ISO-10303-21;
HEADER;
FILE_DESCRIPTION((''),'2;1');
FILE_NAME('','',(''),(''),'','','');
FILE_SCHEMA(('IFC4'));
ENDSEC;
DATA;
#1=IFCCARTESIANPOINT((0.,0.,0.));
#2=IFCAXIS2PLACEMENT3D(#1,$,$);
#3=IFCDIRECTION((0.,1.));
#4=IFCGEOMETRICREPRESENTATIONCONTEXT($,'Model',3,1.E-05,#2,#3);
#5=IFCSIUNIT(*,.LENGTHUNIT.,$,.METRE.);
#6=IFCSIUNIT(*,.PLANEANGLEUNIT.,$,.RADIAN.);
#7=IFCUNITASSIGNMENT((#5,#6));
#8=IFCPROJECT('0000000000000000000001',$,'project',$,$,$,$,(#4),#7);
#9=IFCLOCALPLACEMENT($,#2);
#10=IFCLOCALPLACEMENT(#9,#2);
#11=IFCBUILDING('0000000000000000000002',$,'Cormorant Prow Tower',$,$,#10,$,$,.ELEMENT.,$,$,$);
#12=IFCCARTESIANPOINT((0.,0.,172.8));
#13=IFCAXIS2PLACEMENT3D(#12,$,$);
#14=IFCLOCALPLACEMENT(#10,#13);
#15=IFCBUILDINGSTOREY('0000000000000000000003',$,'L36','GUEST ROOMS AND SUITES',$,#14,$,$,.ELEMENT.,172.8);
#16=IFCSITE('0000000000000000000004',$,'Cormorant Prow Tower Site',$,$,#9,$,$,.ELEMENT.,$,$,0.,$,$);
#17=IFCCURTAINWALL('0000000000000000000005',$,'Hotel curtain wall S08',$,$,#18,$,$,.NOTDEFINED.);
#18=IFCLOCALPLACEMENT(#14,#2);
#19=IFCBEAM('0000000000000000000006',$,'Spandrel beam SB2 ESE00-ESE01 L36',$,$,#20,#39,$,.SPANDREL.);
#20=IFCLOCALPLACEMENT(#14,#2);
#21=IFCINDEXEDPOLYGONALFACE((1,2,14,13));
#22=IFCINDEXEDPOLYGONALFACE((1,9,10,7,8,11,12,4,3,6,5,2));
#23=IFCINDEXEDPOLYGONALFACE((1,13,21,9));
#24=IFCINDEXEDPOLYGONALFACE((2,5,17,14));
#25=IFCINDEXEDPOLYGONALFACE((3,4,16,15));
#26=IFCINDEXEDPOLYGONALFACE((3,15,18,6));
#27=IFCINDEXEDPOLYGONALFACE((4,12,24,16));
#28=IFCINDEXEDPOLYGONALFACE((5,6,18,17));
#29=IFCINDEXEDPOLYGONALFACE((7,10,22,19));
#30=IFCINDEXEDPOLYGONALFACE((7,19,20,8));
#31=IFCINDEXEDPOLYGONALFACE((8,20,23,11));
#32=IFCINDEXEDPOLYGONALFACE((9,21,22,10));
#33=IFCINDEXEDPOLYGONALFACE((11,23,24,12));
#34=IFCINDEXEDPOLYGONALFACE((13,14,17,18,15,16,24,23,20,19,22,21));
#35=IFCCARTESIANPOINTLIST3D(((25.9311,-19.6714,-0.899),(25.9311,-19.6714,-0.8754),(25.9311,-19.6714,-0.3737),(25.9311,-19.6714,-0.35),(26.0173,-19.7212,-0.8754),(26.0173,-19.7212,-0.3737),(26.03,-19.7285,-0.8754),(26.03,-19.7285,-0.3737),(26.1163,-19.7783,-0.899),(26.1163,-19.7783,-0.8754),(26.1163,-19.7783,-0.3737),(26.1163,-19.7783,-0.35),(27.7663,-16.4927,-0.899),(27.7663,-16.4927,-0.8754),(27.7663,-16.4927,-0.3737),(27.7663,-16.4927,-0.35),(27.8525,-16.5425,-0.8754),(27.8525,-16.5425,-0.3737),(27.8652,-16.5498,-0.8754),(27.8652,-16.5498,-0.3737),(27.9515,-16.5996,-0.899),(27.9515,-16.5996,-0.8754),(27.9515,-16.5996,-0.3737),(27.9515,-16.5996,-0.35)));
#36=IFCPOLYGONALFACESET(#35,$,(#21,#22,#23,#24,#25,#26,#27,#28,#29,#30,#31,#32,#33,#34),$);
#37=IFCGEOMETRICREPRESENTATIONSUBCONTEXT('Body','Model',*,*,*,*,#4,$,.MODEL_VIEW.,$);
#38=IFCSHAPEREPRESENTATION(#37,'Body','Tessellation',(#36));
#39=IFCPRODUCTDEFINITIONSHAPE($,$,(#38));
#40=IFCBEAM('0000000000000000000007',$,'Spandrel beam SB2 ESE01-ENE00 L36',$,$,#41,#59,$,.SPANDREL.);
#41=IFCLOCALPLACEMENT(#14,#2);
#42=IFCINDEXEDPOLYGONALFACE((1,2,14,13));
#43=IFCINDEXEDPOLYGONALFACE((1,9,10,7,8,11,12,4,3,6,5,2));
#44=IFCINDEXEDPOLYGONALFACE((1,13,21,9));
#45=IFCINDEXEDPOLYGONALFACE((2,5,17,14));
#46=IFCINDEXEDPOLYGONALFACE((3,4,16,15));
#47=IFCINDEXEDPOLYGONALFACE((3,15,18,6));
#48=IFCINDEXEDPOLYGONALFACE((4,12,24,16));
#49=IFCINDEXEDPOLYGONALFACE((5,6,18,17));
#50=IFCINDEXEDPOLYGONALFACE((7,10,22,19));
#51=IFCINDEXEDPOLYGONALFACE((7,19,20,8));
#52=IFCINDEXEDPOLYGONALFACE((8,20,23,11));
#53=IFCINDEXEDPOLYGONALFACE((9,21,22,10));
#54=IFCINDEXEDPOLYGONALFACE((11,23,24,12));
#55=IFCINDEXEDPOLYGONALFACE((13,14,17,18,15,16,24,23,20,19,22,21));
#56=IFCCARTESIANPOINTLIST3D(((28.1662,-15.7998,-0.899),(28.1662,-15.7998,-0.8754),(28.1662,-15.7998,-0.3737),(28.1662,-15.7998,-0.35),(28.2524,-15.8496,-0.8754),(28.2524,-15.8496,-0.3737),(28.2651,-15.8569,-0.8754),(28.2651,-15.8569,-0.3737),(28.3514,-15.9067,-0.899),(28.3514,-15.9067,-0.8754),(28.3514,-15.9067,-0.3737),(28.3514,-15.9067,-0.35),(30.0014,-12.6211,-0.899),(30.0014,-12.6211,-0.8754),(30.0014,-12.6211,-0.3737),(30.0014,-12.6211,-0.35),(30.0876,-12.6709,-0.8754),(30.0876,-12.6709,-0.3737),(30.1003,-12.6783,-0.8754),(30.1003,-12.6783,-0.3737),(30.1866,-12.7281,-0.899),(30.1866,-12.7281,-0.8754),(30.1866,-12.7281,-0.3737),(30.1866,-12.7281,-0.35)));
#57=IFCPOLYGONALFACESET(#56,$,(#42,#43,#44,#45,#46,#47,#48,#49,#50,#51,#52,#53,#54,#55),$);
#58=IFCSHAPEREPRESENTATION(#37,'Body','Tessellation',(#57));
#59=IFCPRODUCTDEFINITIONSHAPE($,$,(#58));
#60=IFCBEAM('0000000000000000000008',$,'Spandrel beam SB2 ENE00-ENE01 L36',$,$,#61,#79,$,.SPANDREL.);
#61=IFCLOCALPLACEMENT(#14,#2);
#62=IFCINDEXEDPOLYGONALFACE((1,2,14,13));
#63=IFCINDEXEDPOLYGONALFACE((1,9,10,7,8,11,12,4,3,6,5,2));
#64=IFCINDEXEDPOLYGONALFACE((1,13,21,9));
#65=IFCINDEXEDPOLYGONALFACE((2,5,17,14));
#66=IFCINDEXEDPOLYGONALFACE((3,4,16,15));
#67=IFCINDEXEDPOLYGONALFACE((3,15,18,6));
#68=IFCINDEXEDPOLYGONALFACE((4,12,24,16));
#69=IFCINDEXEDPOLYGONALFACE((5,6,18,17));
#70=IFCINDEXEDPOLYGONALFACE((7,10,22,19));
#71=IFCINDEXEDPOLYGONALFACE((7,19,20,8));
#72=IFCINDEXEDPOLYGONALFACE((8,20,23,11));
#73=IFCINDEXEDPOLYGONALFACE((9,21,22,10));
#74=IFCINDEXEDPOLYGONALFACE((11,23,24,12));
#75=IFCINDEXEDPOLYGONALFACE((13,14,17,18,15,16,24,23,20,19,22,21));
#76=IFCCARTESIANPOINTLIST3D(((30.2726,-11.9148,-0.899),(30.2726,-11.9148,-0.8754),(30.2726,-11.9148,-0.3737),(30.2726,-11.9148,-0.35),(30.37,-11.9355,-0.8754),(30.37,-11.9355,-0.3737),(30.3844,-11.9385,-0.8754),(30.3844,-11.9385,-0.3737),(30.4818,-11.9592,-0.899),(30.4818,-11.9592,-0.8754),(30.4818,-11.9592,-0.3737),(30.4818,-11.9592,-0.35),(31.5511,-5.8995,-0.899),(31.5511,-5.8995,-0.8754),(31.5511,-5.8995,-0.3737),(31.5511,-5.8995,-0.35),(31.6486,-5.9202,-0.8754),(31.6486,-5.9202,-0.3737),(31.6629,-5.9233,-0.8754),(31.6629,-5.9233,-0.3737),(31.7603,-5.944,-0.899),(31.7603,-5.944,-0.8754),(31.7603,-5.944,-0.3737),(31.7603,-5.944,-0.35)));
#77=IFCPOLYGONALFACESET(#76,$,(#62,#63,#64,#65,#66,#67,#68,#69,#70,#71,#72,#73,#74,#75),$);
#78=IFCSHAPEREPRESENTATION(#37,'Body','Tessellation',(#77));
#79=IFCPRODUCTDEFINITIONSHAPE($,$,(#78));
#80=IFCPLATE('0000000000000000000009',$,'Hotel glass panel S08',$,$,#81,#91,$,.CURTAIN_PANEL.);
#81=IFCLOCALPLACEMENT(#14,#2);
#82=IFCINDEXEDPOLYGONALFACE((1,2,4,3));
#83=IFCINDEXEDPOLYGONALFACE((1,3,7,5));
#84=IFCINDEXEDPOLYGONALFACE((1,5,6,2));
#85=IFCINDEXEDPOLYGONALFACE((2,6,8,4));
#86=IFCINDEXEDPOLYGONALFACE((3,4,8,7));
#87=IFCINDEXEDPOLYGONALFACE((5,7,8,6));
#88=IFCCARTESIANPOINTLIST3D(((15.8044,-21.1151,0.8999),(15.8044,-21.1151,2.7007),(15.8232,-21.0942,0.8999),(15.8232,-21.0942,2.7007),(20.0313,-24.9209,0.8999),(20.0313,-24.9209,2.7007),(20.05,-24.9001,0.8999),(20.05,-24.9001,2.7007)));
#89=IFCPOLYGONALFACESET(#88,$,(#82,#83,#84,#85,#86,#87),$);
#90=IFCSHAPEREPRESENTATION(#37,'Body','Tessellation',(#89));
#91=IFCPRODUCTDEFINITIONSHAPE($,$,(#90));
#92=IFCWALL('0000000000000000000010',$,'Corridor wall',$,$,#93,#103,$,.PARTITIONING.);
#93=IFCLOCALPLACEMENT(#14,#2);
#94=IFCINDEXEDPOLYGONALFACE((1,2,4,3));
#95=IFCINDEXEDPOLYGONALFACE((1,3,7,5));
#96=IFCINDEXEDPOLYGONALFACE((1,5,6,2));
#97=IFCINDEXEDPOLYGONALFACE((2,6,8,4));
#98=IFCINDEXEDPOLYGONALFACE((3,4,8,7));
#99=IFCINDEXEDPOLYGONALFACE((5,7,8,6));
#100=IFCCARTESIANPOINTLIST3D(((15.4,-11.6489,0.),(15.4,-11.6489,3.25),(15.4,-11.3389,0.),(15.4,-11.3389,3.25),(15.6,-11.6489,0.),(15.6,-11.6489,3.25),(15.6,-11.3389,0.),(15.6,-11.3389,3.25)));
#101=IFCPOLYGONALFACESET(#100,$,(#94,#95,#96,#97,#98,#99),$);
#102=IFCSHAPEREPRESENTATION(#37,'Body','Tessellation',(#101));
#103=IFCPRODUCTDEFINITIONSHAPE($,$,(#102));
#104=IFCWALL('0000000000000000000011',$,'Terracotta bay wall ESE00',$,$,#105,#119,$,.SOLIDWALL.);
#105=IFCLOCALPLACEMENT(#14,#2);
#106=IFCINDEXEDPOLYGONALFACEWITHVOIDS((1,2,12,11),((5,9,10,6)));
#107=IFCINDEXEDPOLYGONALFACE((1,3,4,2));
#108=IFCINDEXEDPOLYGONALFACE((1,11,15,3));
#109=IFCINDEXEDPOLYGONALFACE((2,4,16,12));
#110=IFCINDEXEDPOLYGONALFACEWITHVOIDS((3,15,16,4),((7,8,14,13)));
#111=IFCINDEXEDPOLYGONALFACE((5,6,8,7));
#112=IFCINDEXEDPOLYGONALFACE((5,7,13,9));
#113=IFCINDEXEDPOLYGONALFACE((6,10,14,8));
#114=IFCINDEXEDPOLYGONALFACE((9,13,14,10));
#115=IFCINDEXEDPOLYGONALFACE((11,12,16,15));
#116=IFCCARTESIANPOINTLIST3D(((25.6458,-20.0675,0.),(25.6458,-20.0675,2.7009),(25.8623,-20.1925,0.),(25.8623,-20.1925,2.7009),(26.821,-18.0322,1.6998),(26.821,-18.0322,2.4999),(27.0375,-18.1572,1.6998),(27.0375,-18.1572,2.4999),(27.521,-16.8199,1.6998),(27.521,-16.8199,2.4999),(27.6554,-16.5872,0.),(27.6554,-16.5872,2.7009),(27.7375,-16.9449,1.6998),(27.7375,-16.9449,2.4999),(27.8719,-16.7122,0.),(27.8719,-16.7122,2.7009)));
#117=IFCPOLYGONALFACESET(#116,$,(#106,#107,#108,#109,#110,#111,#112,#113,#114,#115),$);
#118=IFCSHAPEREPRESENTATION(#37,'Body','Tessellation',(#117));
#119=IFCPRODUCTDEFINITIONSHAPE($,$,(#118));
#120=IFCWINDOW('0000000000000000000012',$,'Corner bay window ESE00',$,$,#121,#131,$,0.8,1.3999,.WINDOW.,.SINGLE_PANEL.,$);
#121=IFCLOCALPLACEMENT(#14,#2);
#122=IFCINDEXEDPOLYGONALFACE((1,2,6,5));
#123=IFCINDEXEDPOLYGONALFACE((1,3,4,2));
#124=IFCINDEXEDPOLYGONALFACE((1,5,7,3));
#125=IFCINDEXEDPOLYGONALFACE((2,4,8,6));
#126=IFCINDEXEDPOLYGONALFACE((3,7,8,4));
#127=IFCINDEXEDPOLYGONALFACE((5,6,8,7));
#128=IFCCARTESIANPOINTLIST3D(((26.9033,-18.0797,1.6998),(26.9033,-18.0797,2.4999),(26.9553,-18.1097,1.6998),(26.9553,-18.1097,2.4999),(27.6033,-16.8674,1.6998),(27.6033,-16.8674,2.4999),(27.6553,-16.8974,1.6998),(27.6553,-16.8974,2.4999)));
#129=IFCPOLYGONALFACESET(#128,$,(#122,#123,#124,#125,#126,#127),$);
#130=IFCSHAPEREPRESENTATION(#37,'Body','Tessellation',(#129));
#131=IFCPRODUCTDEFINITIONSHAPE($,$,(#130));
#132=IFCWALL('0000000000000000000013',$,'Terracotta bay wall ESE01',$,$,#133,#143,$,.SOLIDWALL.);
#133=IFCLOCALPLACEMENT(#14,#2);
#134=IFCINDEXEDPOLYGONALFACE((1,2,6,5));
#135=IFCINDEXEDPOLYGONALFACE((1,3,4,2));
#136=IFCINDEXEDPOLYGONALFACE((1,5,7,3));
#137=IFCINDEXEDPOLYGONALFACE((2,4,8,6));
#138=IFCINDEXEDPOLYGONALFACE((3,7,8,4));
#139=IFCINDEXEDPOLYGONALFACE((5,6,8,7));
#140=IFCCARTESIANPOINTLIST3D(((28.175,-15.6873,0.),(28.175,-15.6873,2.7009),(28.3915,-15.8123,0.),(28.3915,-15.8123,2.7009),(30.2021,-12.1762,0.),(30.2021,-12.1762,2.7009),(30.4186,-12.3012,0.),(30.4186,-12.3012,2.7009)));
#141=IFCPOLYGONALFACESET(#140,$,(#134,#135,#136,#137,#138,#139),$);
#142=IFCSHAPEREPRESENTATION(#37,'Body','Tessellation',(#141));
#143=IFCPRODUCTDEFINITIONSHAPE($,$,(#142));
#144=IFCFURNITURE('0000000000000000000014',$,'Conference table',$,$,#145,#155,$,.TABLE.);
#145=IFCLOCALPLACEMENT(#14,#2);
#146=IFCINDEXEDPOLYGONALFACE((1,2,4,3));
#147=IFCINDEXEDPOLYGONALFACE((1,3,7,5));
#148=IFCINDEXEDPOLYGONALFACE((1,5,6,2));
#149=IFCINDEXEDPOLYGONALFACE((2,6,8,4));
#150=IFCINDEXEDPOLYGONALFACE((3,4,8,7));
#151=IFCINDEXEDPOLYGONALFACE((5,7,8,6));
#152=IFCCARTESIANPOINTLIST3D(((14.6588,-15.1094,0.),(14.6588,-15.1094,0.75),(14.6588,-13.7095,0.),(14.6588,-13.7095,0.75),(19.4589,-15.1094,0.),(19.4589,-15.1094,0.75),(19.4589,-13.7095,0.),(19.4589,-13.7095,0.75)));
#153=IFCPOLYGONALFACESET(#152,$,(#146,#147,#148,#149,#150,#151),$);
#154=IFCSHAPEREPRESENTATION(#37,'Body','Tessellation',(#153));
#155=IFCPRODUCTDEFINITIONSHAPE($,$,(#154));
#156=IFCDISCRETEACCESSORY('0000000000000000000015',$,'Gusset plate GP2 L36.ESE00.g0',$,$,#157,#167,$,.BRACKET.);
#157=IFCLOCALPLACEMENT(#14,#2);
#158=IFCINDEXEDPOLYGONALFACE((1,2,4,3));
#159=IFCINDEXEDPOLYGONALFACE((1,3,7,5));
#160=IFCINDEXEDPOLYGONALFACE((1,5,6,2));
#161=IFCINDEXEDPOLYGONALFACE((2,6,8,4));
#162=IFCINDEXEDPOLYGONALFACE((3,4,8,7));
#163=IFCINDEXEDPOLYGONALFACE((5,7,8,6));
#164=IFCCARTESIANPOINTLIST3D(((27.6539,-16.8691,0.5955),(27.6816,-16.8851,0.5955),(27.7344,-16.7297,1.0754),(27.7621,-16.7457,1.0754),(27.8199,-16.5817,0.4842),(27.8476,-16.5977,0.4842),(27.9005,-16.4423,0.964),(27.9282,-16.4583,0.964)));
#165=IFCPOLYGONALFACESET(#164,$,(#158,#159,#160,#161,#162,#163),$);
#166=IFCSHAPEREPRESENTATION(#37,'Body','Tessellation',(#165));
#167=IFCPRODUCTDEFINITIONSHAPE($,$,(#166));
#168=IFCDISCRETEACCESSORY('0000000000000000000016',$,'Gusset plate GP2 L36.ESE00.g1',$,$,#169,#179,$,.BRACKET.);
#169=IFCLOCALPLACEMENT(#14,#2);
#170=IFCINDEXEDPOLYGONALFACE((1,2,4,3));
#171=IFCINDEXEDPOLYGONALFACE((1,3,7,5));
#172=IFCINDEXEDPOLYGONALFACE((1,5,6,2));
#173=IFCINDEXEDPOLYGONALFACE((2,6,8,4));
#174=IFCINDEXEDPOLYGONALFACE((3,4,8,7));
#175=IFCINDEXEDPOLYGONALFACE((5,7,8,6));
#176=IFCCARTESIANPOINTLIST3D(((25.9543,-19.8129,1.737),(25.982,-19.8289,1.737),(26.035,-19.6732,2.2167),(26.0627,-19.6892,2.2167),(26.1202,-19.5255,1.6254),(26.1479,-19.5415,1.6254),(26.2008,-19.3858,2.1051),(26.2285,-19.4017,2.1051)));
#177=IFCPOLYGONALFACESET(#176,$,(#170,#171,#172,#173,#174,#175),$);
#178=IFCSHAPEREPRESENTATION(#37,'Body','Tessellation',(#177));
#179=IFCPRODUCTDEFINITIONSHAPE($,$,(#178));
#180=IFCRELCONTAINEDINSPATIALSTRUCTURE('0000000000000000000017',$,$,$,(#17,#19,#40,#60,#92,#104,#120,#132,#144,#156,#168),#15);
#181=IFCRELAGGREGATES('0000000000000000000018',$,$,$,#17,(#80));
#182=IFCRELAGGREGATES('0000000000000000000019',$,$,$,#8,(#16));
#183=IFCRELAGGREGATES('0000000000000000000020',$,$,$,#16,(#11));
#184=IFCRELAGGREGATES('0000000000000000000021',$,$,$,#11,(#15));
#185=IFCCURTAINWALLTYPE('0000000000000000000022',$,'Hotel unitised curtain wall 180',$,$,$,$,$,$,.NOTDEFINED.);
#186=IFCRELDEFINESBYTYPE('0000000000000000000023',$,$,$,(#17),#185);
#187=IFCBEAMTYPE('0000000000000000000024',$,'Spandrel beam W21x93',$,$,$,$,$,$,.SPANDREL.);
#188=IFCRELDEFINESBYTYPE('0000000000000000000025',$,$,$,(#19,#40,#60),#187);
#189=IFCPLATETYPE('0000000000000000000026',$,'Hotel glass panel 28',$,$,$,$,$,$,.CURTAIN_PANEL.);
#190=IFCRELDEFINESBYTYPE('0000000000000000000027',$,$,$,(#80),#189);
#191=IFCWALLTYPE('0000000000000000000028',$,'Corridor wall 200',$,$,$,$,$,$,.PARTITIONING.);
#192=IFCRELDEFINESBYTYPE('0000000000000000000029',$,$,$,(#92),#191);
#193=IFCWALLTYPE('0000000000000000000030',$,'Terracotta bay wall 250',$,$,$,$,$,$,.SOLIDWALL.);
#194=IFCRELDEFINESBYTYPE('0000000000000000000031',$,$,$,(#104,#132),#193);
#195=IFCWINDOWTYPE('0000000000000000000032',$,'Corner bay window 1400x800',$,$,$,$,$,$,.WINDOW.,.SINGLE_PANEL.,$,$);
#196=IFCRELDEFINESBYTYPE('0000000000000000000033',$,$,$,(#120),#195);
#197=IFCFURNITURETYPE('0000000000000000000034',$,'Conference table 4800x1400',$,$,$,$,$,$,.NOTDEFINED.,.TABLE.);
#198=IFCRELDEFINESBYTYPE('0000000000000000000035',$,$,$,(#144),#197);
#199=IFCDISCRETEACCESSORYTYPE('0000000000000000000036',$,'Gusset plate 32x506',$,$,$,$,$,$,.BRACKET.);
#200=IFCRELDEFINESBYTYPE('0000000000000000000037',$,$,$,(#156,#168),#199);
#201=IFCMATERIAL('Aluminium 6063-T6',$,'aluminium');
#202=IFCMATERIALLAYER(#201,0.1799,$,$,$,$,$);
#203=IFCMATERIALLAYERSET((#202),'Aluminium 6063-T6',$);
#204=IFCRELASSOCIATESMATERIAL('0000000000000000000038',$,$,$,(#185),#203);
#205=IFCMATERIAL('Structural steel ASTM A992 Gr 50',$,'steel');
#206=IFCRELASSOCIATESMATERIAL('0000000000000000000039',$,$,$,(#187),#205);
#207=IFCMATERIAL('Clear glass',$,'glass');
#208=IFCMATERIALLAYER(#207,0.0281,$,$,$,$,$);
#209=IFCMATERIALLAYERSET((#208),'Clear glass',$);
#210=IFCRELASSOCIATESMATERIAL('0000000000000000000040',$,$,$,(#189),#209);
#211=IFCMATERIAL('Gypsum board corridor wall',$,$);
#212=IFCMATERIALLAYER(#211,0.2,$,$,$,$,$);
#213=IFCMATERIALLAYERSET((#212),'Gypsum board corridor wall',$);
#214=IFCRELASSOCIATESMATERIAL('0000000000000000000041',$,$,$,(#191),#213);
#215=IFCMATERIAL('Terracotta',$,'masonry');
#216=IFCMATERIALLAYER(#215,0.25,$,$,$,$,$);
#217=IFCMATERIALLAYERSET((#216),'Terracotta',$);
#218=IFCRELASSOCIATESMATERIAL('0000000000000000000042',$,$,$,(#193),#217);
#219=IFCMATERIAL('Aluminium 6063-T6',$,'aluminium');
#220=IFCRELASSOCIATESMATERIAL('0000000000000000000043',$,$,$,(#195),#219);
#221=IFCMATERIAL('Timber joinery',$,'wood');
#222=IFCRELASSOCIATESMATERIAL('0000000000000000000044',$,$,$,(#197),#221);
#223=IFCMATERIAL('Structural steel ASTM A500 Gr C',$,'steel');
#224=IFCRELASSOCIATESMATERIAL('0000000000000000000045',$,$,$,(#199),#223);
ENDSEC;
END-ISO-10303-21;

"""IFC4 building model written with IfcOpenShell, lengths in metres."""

from ifc_helpers import new_model, si_unit, direction, frame, frame_2d, origin, origin_2d, place, context, subcontext, project, spatial, rectangle, i_section, extrude, material, layer, layer_set, material_profile, profile_set, type_object, element, fill, aggregate, save


model = new_model("IFC4")

# Units and contexts
model_context = context("Model", 3, precision=1e-05, world=origin(), true_north=direction((0.0, 1.0)))
body_context = subcontext(model_context, "Body", "Model", "MODEL_VIEW")
ifc_project = project(units=[si_unit("LENGTHUNIT", "METRE"), si_unit("PLANEANGLEUNIT", "RADIAN")], contexts=[model_context])

# Site, building, storey
site_placement = place(None, origin())
site = spatial("IfcSite", under=ifc_project, at=site_placement, Name="Cormorant Prow Tower Site", CompositionType="ELEMENT", RefElevation=0.0)
building_placement = place(site_placement, origin())
building = spatial("IfcBuilding", under=site, at=building_placement, Name="Cormorant Prow Tower", CompositionType="ELEMENT")
storey_placement = place(building_placement, frame((0.0, 0.0, 172.8)))
storey = spatial("IfcBuildingStorey", under=building, at=storey_placement, Name="L36", Description="GUEST ROOMS AND SUITES", CompositionType="ELEMENT", Elevation=172.8)

# Curtain wall
ifc_material_1 = material(Name="Aluminium 6063-T6", Category="aluminium")
ifc_layer_1 = layer(ifc_material_1, 0.1799)
ifc_layer_set_1 = layer_set([ifc_layer_1], Name="Aluminium 6063-T6")
curtain_wall_type = type_object("IfcCurtainWallType", Name="Hotel unitised curtain wall 180", PredefinedType="NOTDEFINED", material=ifc_layer_set_1)
curtain_wall_placement = place(storey_placement, origin())
curtain_wall = element("IfcCurtainWall", 1, at=curtain_wall_placement, inside=storey, type_object=curtain_wall_type, Name="Hotel curtain wall S08", PredefinedType="NOTDEFINED")

# Beams
ifc_material_2 = material(Name="Structural steel ASTM A992 Gr 50", Category="steel")
ifc_material_profile_1 = material_profile(ifc_material_2, i_section(OverallWidth=0.2139, OverallDepth=0.5491, WebThickness=0.0146, FlangeThickness=0.0237, at=origin_2d()), Name="W21x93")
ifc_profile_set_1 = profile_set([ifc_material_profile_1], Name="Structural steel ASTM A992 Gr 50")
beam_type = type_object("IfcBeamType", Name="Spandrel beam W21x93", PredefinedType="SPANDREL", material=ifc_profile_set_1)
for number, where, z_axis, x_axis, name in (
    (2, (26.0237, -19.7249, -0.6245), (0.499995, 0.866028, 0.0), (-0.866028, 0.499995, 0.0), "Spandrel beam SB2 ESE00-ESE01 L36"),
    (3, (28.2588, -15.8533, -0.6245), (0.499995, 0.866028, 0.0), (-0.866028, 0.499995, 0.0), "Spandrel beam SB2 ESE01-ENE00 L36"),
):
    element("IfcBeam", number, at=place(storey_placement, frame(where, z_axis=z_axis, x_axis=x_axis)), inside=storey, type_object=beam_type, Name=name, PredefinedType="SPANDREL", context=body_context, shape_type="SweptSolid", body=[
        extrude(i_section(OverallWidth=0.2139, OverallDepth=0.5491, WebThickness=0.0146, FlangeThickness=0.0237, at=origin_2d()), origin(), (0.0, 0.0, 1.0), 3.6704),
    ])
beam_1_placement = place(storey_placement, frame((30.3772, -11.937, -0.6245), z_axis=(0.207905, 0.978149, 0.0), x_axis=(-0.978149, 0.207905, 0.0)))
element("IfcBeam", 4, at=beam_1_placement, inside=storey, type_object=beam_type, Name="Spandrel beam SB2 ENE00-ENE01 L36", PredefinedType="SPANDREL", context=body_context, shape_type="SweptSolid", body=[
    extrude(i_section(OverallWidth=0.2139, OverallDepth=0.5491, WebThickness=0.0146, FlangeThickness=0.0237, at=origin_2d()), origin(), (0.0, 0.0, 1.0), 6.1497),
])

# Plate
ifc_material_3 = material(Name="Clear glass", Category="glass")
ifc_layer_2 = layer(ifc_material_3, 0.0281)
ifc_layer_set_2 = layer_set([ifc_layer_2], Name="Clear glass")
plate_type = type_object("IfcPlateType", Name="Hotel glass panel 28", PredefinedType="CURTAIN_PANEL", material=ifc_layer_set_2)
plate_placement = place(storey_placement, frame((17.9272, -23.0076, 0.8999), z_axis=(0.0, 0.0, 1.0), x_axis=(0.743145, -0.669131, 0.0)))
plate = element("IfcPlate", 5, at=plate_placement, type_object=plate_type, Name="Hotel glass panel S08", PredefinedType="CURTAIN_PANEL", context=body_context, shape_type="SweptSolid", body=[
    extrude(rectangle(XDim=5.6877, YDim=0.0281, at=origin_2d()), origin(), (0.0, 0.0, 1.0), 1.8008),
])
aggregate(curtain_wall, [plate])

# Wall
ifc_material_4 = material(Name="Gypsum board corridor wall")
ifc_layer_3 = layer(ifc_material_4, 0.2)
ifc_layer_set_3 = layer_set([ifc_layer_3], Name="Gypsum board corridor wall")
wall_type_1 = type_object("IfcWallType", Name="Corridor wall 200", PredefinedType="PARTITIONING", material=ifc_layer_set_3)
wall_1_placement = place(storey_placement, frame((15.5, -11.6489, 0.0), z_axis=(0.0, 0.0, 1.0), x_axis=(0.0, 1.0, 0.0)))
element("IfcWall", 6, at=wall_1_placement, inside=storey, type_object=wall_type_1, Name="Corridor wall", PredefinedType="PARTITIONING", context=body_context, shape_type="SweptSolid", body=[
    extrude(rectangle(XDim=0.3101, YDim=0.2, at=frame_2d((0.155, 0.0))), origin(), (0.0, 0.0, 1.0), 3.25),
])

# Wall, opening, window
ifc_material_5 = material(Name="Terracotta", Category="masonry")
ifc_layer_4 = layer(ifc_material_5, 0.25)
ifc_layer_set_4 = layer_set([ifc_layer_4], Name="Terracotta")
wall_type_2 = type_object("IfcWallType", Name="Terracotta bay wall 250", PredefinedType="SOLIDWALL", material=ifc_layer_set_4)
wall_2_placement = place(storey_placement, frame((25.7542, -20.1299, 0.0), z_axis=(0.0, 0.0, 1.0), x_axis=(0.50004, 0.866002, 0.0)))
wall_2 = element("IfcWall", 7, at=wall_2_placement, inside=storey, type_object=wall_type_2, Name="Terracotta bay wall ESE00", PredefinedType="SOLIDWALL", context=body_context, shape_type="SweptSolid", body=[
    extrude(rectangle(XDim=4.0188, YDim=0.25, at=frame_2d((2.0093, 0.0))), origin(), (0.0, 0.0, 1.0), 2.7009),
])
opening_1_placement = place(wall_2_placement, frame((2.3501, 0.0, 1.7)))
opening_1 = element("IfcOpeningElement", 8, at=opening_1_placement, cuts=wall_2, PredefinedType="OPENING", context=body_context, shape_type="SweptSolid", body=[
    extrude(rectangle(XDim=1.3999, YDim=0.8, at=frame_2d((0.7, 0.3999))), frame((0.0, 0.135, 0.0), z_axis=(0.0, -1.0, 0.0), x_axis=(1.0, 0.0, 0.0)), (0.0, 0.0, 1.0), 0.27),
])
ifc_material_6 = material(Name="Aluminium 6063-T6", Category="aluminium")
window_type = type_object("IfcWindowType", Name="Corner bay window 1400x800", PartitioningType="SINGLE_PANEL", PredefinedType="WINDOW", material=ifc_material_6)
window_placement = place(opening_1_placement, origin())
window = element("IfcWindow", 9, at=window_placement, inside=storey, type_object=window_type, Name="Corner bay window ESE00", OverallHeight=0.8, OverallWidth=1.3999, PartitioningType="SINGLE_PANEL", PredefinedType="WINDOW", context=body_context, shape_type="SweptSolid", body=[
    extrude(rectangle(XDim=1.3999, YDim=0.8, at=frame_2d((0.7, 0.3999))), frame((0.0, 0.03, 0.0), z_axis=(0.0, -1.0, 0.0), x_axis=(1.0, 0.0, 0.0)), (0.0, 0.0, 1.0), 0.0601),
])
fill(opening_1, window)

# Wall
wall_3_placement = place(storey_placement, frame((28.2832, -15.7498, 0.0), z_axis=(0.0, 0.0, 1.0), x_axis=(0.500006, 0.866022, 0.0)))
element("IfcWall", 10, at=wall_3_placement, inside=storey, type_object=wall_type_2, Name="Terracotta bay wall ESE01", PredefinedType="SOLIDWALL", context=body_context, shape_type="SweptSolid", body=[
    extrude(rectangle(XDim=4.0542, YDim=0.25, at=frame_2d((2.0271, 0.0))), origin(), (0.0, 0.0, 1.0), 2.7009),
])

# Furniture
ifc_material_7 = material(Name="Timber joinery", Category="wood")
furniture_type = type_object("IfcFurnitureType", Name="Conference table 4800x1400", AssemblyPlace="NOTDEFINED", PredefinedType="TABLE", material=ifc_material_7)
furniture_placement = place(storey_placement, frame((17.0588, -14.4094, 0.0), z_axis=(0.0, 0.0, 1.0), x_axis=(1.0, 0.0, 0.0)))
element("IfcFurniture", 11, at=furniture_placement, inside=storey, type_object=furniture_type, Name="Conference table", PredefinedType="TABLE", context=body_context, shape_type="SweptSolid", body=[
    extrude(rectangle(XDim=4.8, YDim=1.3999, at=origin_2d()), origin(), (0.0, 0.0, 1.0), 0.75),
])

# Discrete accessories
ifc_material_8 = material(Name="Structural steel ASTM A500 Gr C", Category="steel")
ifc_material_profile_2 = material_profile(ifc_material_8, rectangle(XDim=0.032, YDim=0.5061, at=origin_2d()), Name="Gusset plate 32x506")
ifc_profile_set_2 = profile_set([ifc_material_profile_2], Name="Structural steel ASTM A500 Gr C")
discrete_accessory_type = type_object("IfcDiscreteAccessoryType", Name="Gusset plate 32x506", PredefinedType="BRACKET", material=ifc_profile_set_2)
for number, where, z_axis, x_axis, name in (
    (12, (27.708, -16.8074, 0.8354), (0.474278, 0.820919, -0.318045), (-0.865879, 0.500253, 0.0), "Gusset plate GP2 L36.ESE00.g0"),
    (13, (26.1743, -19.4636, 1.8652), (-0.473632, -0.821008, 0.318777), (0.866198, -0.499701, 0.0), "Gusset plate GP2 L36.ESE00.g1"),
):
    element("IfcDiscreteAccessory", number, at=place(storey_placement, frame(where, z_axis=z_axis, x_axis=x_axis)), inside=storey, type_object=discrete_accessory_type, Name=name, PredefinedType="BRACKET", context=body_context, shape_type="SweptSolid", body=[
        extrude(rectangle(XDim=0.032, YDim=0.5061, at=origin_2d()), origin(), (0.0, 0.0, 1.0), 0.3501),
    ])

save(model, "model.ifc")
